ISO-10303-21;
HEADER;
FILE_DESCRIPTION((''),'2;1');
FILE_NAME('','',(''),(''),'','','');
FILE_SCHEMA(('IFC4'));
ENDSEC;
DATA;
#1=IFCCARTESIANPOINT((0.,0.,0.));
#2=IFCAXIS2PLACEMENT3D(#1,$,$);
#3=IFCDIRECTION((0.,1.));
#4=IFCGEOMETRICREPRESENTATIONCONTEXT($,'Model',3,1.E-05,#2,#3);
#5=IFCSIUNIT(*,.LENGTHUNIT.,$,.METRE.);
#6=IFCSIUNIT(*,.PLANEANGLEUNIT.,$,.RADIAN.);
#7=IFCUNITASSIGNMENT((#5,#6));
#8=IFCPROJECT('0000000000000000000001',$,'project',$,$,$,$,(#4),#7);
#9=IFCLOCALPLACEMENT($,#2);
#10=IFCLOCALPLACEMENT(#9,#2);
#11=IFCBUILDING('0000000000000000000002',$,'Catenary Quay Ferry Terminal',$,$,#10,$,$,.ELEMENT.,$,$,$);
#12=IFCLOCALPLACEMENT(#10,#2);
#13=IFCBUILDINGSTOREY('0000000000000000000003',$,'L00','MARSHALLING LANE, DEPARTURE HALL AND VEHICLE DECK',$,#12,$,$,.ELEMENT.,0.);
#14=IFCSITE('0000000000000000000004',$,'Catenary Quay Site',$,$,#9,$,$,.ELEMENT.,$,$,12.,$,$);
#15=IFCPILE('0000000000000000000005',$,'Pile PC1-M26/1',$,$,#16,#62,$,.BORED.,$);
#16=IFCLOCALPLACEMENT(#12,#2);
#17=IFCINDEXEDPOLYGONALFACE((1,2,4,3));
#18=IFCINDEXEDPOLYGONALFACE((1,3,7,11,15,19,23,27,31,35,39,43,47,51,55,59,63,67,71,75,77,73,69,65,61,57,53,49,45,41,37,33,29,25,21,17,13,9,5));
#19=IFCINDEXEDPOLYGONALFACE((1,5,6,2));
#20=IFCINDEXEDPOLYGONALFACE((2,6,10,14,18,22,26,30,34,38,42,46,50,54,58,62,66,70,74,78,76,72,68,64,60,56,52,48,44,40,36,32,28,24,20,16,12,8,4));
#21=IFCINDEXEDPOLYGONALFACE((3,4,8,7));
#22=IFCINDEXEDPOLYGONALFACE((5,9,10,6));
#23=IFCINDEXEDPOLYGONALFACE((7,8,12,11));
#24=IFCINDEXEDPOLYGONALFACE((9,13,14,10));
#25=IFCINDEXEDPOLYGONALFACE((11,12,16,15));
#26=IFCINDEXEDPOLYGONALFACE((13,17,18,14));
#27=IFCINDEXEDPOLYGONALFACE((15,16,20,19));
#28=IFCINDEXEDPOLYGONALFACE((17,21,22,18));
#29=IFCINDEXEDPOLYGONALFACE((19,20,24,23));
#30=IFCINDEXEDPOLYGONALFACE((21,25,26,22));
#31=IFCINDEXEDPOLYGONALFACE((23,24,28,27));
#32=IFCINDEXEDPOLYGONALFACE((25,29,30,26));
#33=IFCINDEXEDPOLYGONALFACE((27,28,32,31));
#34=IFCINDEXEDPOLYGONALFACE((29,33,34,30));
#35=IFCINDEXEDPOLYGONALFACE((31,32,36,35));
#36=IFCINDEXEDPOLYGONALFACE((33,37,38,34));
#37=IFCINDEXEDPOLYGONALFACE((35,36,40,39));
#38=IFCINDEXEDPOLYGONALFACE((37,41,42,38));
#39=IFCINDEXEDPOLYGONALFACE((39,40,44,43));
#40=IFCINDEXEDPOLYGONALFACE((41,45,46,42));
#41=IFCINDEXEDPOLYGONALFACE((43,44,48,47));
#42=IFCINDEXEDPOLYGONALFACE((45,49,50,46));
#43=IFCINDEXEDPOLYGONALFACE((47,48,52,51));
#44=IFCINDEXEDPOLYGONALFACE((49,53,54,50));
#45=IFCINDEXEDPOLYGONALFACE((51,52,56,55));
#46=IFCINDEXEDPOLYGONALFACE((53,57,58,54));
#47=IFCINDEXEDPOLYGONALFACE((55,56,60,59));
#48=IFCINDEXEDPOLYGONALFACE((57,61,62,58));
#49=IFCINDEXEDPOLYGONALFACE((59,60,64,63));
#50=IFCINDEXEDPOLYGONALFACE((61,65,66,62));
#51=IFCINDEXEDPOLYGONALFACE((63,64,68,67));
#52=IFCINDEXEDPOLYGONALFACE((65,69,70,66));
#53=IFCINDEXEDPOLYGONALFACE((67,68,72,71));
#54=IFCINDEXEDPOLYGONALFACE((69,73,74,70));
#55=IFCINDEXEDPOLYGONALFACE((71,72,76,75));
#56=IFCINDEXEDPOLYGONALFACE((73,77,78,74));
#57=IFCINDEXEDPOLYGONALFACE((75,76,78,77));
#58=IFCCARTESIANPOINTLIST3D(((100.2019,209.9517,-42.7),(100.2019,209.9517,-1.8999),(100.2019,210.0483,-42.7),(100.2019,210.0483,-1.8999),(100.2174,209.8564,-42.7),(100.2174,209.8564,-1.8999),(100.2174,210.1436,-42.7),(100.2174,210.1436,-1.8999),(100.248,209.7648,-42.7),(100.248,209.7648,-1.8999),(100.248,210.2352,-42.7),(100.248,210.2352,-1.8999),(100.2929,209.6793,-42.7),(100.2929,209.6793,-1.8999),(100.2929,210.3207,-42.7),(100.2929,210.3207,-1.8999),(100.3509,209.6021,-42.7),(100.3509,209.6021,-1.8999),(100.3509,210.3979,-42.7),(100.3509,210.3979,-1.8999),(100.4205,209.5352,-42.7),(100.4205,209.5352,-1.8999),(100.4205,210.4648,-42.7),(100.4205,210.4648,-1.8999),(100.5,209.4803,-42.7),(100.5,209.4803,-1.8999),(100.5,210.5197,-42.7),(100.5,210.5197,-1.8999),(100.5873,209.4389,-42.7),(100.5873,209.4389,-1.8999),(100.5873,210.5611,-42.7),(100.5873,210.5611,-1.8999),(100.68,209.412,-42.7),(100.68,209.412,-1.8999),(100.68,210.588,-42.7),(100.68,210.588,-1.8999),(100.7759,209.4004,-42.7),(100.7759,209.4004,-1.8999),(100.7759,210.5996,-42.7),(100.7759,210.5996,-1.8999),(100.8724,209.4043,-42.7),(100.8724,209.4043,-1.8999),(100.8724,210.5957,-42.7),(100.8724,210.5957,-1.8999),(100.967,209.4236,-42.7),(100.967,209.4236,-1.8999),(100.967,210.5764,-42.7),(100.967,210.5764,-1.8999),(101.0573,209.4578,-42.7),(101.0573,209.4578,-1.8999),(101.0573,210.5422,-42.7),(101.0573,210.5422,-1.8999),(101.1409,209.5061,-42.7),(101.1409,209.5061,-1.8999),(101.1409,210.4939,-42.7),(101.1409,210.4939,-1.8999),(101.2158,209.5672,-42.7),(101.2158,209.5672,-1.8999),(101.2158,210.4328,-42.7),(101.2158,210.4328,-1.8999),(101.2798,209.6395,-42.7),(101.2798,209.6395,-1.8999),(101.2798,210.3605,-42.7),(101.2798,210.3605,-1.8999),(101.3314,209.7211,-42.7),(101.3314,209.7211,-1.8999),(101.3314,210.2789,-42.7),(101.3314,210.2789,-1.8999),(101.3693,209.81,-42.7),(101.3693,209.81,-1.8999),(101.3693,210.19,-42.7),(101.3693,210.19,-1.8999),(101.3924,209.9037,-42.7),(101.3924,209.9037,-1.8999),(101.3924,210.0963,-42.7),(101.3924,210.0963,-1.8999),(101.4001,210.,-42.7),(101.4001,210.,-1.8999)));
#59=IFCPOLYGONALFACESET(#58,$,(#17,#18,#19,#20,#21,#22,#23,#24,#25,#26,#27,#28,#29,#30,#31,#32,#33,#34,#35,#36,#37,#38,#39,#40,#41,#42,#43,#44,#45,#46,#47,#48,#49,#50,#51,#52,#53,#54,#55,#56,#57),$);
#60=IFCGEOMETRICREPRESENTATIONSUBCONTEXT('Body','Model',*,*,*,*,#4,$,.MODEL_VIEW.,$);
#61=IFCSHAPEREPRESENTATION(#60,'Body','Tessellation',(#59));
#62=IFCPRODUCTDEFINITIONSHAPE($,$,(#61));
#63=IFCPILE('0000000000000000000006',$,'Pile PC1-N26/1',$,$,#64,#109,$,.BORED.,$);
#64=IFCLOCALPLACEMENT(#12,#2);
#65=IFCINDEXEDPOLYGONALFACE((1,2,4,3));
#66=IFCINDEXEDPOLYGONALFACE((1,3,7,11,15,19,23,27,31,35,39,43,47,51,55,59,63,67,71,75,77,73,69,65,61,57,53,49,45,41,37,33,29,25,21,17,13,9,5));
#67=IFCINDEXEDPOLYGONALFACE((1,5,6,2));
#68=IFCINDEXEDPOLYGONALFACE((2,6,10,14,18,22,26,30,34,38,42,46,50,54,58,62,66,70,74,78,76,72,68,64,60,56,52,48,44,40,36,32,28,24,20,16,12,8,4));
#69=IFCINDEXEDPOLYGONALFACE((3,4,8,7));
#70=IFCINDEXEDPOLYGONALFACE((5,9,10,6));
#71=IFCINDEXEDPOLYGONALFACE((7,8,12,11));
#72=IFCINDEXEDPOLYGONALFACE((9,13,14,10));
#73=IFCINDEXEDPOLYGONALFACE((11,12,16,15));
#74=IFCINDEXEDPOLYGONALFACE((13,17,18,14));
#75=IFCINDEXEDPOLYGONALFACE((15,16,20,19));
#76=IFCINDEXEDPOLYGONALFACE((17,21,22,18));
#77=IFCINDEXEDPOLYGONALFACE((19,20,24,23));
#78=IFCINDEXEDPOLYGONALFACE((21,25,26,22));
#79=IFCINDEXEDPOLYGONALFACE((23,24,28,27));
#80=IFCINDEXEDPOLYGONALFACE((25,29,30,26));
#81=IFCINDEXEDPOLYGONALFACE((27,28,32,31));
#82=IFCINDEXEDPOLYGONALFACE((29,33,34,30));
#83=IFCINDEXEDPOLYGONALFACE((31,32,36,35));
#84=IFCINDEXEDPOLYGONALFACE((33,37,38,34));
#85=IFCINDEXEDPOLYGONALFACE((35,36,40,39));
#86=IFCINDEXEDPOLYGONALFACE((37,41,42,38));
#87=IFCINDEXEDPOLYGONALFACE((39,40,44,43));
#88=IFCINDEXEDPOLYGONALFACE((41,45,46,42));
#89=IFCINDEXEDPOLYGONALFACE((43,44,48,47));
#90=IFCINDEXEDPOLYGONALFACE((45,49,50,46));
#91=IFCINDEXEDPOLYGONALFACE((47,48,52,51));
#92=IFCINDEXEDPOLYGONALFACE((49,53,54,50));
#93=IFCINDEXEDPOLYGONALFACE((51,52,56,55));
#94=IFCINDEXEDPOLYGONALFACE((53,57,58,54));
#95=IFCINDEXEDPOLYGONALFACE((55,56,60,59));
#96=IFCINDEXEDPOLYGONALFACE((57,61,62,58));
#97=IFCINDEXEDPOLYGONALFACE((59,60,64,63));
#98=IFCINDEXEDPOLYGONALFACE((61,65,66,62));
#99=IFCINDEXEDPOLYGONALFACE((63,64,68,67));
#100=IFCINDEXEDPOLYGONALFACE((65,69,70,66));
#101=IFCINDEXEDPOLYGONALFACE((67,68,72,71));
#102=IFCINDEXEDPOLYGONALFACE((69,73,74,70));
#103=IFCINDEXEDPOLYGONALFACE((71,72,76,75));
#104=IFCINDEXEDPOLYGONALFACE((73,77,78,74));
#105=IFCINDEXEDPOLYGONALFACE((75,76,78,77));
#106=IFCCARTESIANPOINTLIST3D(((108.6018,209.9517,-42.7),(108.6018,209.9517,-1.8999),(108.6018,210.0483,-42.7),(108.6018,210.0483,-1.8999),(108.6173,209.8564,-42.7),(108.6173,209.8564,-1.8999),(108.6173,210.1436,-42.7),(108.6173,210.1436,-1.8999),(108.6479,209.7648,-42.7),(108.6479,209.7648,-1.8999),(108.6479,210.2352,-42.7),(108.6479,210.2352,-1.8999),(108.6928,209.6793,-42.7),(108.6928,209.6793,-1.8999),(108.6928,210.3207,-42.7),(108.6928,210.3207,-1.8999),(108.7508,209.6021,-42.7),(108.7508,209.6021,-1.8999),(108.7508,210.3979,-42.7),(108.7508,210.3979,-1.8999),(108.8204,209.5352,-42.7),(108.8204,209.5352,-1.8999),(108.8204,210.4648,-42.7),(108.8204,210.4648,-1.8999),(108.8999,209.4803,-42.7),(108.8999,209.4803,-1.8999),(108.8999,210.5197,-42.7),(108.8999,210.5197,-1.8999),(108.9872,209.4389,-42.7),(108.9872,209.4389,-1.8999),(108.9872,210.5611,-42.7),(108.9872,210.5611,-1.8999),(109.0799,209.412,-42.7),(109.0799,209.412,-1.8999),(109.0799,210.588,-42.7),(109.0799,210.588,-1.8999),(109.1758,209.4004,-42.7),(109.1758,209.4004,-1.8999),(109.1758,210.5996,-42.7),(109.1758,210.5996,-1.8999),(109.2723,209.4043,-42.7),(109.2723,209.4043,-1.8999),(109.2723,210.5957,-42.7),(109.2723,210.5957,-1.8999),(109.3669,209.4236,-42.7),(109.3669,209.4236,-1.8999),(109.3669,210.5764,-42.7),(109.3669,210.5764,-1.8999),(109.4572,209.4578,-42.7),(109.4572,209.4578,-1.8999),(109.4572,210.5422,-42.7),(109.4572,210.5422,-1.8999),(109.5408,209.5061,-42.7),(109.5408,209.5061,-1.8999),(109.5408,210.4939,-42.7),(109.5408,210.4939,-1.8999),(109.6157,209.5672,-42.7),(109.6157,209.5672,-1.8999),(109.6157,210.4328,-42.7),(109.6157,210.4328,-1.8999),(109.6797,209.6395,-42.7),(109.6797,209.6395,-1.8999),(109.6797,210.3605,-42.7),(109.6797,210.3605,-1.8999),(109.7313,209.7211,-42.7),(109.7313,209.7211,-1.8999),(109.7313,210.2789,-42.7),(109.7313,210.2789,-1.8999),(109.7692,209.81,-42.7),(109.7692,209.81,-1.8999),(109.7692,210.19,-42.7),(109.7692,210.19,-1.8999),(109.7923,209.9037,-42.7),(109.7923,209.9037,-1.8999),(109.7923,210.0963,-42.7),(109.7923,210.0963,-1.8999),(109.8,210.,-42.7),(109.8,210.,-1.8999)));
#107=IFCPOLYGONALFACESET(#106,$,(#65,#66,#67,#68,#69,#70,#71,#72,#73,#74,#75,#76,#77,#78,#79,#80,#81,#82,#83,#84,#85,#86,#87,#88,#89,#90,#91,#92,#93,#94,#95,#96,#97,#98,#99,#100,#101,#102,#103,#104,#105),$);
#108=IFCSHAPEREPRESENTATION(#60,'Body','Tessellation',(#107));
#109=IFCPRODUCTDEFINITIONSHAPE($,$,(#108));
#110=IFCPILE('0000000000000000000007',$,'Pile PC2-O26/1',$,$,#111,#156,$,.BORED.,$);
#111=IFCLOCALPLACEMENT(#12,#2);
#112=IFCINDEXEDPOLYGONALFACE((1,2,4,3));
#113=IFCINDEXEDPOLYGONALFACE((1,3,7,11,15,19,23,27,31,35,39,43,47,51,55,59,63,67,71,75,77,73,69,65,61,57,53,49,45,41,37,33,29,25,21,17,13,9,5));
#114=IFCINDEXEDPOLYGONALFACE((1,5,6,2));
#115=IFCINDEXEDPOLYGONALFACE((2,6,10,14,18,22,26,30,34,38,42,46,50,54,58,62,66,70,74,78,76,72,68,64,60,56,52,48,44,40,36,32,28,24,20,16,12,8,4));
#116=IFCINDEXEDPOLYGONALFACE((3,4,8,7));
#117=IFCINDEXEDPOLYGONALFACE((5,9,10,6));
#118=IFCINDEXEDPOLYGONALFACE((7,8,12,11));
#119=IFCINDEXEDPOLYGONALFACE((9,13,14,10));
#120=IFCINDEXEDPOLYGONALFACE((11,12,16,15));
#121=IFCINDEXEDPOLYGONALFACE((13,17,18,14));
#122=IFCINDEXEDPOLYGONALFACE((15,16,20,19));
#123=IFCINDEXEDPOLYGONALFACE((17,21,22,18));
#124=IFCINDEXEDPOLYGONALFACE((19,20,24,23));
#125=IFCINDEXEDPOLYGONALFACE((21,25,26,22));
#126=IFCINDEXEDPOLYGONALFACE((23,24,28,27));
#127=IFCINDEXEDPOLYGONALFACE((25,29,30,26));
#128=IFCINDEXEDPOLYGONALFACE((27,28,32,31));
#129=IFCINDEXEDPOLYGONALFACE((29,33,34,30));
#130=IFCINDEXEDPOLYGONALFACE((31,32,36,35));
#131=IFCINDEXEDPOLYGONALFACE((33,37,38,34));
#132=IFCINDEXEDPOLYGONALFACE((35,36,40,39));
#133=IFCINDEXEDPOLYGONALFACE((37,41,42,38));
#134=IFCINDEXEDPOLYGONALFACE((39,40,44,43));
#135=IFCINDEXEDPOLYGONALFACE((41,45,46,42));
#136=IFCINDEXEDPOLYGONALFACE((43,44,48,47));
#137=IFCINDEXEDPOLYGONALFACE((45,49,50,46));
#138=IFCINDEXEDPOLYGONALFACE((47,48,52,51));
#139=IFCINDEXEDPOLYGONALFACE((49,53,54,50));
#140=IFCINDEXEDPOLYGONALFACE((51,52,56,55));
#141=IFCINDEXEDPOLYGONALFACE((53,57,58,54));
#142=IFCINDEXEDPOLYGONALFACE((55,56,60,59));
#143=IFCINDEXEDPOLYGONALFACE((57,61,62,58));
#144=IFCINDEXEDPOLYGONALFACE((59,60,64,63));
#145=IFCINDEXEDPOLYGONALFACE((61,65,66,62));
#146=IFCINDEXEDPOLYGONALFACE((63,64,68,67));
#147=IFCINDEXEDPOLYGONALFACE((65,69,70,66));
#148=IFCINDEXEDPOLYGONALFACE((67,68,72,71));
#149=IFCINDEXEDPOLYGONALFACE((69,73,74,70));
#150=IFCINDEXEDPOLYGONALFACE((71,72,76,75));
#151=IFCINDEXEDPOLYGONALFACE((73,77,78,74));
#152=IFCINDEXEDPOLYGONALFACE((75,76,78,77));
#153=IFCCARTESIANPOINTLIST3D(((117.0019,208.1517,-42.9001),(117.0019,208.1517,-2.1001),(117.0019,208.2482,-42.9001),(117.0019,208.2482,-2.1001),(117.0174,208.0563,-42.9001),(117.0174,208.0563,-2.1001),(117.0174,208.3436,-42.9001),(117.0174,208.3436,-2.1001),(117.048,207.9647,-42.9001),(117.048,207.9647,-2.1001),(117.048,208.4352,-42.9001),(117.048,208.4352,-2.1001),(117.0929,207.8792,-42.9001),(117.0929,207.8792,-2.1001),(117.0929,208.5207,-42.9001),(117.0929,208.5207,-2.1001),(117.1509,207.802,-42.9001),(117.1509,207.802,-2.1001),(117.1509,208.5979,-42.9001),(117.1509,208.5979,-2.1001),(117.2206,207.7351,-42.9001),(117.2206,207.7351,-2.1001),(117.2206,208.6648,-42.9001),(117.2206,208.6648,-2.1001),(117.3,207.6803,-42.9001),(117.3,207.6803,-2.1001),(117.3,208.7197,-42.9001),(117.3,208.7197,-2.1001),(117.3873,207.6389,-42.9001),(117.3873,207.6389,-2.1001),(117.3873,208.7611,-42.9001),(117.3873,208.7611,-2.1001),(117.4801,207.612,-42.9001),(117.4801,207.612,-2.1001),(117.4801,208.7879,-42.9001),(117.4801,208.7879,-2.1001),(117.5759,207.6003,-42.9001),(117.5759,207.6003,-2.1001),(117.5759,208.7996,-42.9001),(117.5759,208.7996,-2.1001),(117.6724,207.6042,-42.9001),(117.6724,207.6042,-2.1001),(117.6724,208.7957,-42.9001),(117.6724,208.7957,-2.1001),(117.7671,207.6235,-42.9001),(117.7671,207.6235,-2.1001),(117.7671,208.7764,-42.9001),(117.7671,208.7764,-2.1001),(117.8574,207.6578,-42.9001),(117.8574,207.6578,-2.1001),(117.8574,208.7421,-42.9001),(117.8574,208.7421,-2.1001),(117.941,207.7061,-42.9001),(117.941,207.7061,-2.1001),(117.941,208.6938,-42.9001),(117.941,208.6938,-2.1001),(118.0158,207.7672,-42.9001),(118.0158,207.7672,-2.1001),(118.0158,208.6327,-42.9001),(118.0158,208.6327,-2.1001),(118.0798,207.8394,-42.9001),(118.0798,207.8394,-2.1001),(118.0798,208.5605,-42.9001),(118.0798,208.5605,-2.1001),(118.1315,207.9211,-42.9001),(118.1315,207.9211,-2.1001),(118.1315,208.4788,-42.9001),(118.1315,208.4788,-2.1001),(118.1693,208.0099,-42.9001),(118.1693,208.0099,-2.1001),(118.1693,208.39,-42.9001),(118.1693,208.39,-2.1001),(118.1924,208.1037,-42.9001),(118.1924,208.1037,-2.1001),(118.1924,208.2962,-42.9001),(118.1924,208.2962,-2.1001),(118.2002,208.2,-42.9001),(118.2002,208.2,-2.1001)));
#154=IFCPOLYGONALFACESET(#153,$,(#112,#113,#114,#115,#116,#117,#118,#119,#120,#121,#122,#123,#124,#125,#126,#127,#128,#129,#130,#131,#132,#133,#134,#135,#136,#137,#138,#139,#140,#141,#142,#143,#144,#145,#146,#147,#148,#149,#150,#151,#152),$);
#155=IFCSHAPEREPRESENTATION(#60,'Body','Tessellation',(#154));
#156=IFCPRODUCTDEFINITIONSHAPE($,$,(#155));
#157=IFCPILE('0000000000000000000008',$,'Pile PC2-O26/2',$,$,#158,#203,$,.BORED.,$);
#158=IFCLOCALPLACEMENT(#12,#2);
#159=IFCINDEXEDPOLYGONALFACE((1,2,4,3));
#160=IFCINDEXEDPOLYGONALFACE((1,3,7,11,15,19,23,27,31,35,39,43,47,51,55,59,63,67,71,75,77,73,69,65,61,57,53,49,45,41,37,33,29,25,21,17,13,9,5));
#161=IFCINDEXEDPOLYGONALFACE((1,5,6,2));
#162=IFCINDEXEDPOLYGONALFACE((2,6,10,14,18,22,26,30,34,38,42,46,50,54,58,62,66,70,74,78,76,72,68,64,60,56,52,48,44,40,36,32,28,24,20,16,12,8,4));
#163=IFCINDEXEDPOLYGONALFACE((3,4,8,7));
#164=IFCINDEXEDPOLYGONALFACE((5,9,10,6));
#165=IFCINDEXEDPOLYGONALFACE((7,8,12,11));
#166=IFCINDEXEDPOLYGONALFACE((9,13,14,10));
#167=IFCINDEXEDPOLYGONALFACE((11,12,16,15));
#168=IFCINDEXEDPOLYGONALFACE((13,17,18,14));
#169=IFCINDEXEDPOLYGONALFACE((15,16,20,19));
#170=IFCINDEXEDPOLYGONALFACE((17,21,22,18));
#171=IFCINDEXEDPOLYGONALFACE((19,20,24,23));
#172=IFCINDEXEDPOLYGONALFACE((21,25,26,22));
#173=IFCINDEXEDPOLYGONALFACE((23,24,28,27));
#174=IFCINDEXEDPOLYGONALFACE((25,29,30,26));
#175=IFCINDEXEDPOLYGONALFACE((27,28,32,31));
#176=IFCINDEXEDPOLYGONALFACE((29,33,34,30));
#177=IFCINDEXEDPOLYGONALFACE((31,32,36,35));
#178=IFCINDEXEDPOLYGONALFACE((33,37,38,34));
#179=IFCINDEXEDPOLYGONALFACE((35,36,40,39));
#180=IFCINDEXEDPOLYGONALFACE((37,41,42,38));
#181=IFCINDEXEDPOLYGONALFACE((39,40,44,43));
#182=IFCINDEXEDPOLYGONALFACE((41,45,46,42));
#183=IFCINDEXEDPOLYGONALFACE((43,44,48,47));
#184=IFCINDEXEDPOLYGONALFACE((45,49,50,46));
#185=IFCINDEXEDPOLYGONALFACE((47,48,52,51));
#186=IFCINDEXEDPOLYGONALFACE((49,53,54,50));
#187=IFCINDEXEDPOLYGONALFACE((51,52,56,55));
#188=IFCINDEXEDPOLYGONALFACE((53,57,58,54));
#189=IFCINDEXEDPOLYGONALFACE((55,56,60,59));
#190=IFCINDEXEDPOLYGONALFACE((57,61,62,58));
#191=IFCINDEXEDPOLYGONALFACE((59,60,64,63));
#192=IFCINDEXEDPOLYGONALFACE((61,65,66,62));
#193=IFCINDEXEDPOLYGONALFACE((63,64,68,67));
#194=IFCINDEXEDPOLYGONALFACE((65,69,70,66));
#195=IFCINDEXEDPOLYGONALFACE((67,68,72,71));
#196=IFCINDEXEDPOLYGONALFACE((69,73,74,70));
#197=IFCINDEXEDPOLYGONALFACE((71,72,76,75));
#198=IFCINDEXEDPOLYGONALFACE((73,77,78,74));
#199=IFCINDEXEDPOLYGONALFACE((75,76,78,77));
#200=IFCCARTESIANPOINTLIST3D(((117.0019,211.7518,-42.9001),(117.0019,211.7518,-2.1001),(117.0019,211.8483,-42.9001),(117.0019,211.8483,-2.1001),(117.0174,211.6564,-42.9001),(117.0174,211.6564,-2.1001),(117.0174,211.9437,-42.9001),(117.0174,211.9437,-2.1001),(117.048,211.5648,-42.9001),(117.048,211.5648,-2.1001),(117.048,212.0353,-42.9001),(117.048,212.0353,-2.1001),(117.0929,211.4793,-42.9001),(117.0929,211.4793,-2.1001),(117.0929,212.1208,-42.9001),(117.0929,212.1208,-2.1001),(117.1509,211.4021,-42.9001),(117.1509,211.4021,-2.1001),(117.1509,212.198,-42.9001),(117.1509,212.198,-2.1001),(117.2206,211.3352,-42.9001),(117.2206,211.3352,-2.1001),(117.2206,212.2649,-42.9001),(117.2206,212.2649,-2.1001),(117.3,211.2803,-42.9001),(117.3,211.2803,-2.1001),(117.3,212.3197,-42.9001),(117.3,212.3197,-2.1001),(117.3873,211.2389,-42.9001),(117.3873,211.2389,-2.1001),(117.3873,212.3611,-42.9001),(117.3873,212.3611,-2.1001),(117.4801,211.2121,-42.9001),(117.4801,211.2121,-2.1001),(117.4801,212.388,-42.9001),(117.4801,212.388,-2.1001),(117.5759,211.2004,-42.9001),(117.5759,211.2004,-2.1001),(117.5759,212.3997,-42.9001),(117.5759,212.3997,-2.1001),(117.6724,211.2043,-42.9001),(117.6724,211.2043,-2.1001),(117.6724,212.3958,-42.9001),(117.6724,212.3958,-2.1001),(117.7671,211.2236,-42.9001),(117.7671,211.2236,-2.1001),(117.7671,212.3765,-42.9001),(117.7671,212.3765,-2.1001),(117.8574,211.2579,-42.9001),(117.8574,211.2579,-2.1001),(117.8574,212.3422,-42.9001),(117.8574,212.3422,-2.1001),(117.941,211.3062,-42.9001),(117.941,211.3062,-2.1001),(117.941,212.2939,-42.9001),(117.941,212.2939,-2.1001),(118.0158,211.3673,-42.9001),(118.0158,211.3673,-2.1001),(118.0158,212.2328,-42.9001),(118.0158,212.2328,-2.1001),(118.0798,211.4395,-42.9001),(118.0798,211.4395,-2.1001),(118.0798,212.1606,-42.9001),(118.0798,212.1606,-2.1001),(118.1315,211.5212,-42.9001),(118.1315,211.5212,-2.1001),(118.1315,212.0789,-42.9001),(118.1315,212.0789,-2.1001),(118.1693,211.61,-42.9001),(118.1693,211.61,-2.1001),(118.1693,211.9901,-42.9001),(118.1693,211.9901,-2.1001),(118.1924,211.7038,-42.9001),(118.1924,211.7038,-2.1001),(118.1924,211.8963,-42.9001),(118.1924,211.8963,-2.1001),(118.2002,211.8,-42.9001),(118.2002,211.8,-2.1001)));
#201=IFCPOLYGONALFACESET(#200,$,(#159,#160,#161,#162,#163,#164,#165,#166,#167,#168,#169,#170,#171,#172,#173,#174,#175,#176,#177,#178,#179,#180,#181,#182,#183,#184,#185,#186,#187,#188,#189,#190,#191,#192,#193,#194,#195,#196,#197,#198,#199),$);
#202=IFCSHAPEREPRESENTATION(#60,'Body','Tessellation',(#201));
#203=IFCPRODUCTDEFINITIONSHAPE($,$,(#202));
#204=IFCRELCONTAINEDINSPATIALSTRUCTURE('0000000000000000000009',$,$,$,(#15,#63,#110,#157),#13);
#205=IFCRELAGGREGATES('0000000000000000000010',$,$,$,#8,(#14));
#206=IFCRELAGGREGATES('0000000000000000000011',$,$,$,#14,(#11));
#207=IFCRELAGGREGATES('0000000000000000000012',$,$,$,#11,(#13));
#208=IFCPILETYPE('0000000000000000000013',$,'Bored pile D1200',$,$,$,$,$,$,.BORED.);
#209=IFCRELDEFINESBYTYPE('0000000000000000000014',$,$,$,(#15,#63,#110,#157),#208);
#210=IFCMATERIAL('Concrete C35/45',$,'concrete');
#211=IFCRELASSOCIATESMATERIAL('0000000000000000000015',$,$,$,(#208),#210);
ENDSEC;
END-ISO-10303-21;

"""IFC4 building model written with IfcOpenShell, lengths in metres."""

from ifc_helpers import new_model, si_unit, direction, frame, origin, origin_2d, place, context, subcontext, project, spatial, circle, extrude, material, material_profile, profile_set, type_object, element, save


model = new_model("IFC4")

# Units and contexts
model_context = context("Model", 3, precision=1e-05, world=origin(), true_north=direction((0.0, 1.0)))
body_context = subcontext(model_context, "Body", "Model", "MODEL_VIEW")
ifc_project = project(units=[si_unit("LENGTHUNIT", "METRE"), si_unit("PLANEANGLEUNIT", "RADIAN")], contexts=[model_context])

# Site, building, storey
site_placement = place(None, origin())
site = spatial("IfcSite", under=ifc_project, at=site_placement, Name="Catenary Quay Site", CompositionType="ELEMENT", RefElevation=12.0)
building_placement = place(site_placement, origin())
building = spatial("IfcBuilding", under=site, at=building_placement, Name="Catenary Quay Ferry Terminal", CompositionType="ELEMENT")
storey_placement = place(building_placement, origin())
storey = spatial("IfcBuildingStorey", under=building, at=storey_placement, Name="L00", Description="MARSHALLING LANE, DEPARTURE HALL AND VEHICLE DECK", CompositionType="ELEMENT", Elevation=0.0)

# Piles
ifc_material_1 = material(Name="Concrete C35/45", Category="concrete")
ifc_material_profile = material_profile(ifc_material_1, circle(Radius=0.6001, at=origin_2d()), Name="D1200")
ifc_profile_set = profile_set([ifc_material_profile], Name="Concrete C35/45")
pile_type = type_object("IfcPileType", Name="Bored pile D1200", PredefinedType="BORED", material=ifc_profile_set)
for number, where, z_axis, x_axis, name in (
    (1, (100.8, 210.0, -1.8999), (0.0, 0.0, -1.0), (1.0, 0.0, 0.0), "Pile PC1-M26/1"),
    (2, (109.2, 210.0, -1.8999), (0.0, 0.0, -1.0), (1.0, 0.0, 0.0), "Pile PC1-N26/1"),
    (3, (117.6001, 208.2, -2.1001), (0.0, 0.0, -1.0), (1.0, 0.0, 0.0), "Pile PC2-O26/1"),
    (4, (117.6001, 211.8, -2.1001), (0.0, 0.0, -1.0), (1.0, 0.0, 0.0), "Pile PC2-O26/2"),
):
    element("IfcPile", number, at=place(storey_placement, frame(where, z_axis=z_axis, x_axis=x_axis)), inside=storey, type_object=pile_type, Name=name, PredefinedType="BORED", context=body_context, shape_type="SweptSolid", body=[
        extrude(circle(Radius=0.6001, at=origin_2d()), origin(), (0.0, 0.0, 1.0), 40.8),
    ])

save(model, "model.ifc")
